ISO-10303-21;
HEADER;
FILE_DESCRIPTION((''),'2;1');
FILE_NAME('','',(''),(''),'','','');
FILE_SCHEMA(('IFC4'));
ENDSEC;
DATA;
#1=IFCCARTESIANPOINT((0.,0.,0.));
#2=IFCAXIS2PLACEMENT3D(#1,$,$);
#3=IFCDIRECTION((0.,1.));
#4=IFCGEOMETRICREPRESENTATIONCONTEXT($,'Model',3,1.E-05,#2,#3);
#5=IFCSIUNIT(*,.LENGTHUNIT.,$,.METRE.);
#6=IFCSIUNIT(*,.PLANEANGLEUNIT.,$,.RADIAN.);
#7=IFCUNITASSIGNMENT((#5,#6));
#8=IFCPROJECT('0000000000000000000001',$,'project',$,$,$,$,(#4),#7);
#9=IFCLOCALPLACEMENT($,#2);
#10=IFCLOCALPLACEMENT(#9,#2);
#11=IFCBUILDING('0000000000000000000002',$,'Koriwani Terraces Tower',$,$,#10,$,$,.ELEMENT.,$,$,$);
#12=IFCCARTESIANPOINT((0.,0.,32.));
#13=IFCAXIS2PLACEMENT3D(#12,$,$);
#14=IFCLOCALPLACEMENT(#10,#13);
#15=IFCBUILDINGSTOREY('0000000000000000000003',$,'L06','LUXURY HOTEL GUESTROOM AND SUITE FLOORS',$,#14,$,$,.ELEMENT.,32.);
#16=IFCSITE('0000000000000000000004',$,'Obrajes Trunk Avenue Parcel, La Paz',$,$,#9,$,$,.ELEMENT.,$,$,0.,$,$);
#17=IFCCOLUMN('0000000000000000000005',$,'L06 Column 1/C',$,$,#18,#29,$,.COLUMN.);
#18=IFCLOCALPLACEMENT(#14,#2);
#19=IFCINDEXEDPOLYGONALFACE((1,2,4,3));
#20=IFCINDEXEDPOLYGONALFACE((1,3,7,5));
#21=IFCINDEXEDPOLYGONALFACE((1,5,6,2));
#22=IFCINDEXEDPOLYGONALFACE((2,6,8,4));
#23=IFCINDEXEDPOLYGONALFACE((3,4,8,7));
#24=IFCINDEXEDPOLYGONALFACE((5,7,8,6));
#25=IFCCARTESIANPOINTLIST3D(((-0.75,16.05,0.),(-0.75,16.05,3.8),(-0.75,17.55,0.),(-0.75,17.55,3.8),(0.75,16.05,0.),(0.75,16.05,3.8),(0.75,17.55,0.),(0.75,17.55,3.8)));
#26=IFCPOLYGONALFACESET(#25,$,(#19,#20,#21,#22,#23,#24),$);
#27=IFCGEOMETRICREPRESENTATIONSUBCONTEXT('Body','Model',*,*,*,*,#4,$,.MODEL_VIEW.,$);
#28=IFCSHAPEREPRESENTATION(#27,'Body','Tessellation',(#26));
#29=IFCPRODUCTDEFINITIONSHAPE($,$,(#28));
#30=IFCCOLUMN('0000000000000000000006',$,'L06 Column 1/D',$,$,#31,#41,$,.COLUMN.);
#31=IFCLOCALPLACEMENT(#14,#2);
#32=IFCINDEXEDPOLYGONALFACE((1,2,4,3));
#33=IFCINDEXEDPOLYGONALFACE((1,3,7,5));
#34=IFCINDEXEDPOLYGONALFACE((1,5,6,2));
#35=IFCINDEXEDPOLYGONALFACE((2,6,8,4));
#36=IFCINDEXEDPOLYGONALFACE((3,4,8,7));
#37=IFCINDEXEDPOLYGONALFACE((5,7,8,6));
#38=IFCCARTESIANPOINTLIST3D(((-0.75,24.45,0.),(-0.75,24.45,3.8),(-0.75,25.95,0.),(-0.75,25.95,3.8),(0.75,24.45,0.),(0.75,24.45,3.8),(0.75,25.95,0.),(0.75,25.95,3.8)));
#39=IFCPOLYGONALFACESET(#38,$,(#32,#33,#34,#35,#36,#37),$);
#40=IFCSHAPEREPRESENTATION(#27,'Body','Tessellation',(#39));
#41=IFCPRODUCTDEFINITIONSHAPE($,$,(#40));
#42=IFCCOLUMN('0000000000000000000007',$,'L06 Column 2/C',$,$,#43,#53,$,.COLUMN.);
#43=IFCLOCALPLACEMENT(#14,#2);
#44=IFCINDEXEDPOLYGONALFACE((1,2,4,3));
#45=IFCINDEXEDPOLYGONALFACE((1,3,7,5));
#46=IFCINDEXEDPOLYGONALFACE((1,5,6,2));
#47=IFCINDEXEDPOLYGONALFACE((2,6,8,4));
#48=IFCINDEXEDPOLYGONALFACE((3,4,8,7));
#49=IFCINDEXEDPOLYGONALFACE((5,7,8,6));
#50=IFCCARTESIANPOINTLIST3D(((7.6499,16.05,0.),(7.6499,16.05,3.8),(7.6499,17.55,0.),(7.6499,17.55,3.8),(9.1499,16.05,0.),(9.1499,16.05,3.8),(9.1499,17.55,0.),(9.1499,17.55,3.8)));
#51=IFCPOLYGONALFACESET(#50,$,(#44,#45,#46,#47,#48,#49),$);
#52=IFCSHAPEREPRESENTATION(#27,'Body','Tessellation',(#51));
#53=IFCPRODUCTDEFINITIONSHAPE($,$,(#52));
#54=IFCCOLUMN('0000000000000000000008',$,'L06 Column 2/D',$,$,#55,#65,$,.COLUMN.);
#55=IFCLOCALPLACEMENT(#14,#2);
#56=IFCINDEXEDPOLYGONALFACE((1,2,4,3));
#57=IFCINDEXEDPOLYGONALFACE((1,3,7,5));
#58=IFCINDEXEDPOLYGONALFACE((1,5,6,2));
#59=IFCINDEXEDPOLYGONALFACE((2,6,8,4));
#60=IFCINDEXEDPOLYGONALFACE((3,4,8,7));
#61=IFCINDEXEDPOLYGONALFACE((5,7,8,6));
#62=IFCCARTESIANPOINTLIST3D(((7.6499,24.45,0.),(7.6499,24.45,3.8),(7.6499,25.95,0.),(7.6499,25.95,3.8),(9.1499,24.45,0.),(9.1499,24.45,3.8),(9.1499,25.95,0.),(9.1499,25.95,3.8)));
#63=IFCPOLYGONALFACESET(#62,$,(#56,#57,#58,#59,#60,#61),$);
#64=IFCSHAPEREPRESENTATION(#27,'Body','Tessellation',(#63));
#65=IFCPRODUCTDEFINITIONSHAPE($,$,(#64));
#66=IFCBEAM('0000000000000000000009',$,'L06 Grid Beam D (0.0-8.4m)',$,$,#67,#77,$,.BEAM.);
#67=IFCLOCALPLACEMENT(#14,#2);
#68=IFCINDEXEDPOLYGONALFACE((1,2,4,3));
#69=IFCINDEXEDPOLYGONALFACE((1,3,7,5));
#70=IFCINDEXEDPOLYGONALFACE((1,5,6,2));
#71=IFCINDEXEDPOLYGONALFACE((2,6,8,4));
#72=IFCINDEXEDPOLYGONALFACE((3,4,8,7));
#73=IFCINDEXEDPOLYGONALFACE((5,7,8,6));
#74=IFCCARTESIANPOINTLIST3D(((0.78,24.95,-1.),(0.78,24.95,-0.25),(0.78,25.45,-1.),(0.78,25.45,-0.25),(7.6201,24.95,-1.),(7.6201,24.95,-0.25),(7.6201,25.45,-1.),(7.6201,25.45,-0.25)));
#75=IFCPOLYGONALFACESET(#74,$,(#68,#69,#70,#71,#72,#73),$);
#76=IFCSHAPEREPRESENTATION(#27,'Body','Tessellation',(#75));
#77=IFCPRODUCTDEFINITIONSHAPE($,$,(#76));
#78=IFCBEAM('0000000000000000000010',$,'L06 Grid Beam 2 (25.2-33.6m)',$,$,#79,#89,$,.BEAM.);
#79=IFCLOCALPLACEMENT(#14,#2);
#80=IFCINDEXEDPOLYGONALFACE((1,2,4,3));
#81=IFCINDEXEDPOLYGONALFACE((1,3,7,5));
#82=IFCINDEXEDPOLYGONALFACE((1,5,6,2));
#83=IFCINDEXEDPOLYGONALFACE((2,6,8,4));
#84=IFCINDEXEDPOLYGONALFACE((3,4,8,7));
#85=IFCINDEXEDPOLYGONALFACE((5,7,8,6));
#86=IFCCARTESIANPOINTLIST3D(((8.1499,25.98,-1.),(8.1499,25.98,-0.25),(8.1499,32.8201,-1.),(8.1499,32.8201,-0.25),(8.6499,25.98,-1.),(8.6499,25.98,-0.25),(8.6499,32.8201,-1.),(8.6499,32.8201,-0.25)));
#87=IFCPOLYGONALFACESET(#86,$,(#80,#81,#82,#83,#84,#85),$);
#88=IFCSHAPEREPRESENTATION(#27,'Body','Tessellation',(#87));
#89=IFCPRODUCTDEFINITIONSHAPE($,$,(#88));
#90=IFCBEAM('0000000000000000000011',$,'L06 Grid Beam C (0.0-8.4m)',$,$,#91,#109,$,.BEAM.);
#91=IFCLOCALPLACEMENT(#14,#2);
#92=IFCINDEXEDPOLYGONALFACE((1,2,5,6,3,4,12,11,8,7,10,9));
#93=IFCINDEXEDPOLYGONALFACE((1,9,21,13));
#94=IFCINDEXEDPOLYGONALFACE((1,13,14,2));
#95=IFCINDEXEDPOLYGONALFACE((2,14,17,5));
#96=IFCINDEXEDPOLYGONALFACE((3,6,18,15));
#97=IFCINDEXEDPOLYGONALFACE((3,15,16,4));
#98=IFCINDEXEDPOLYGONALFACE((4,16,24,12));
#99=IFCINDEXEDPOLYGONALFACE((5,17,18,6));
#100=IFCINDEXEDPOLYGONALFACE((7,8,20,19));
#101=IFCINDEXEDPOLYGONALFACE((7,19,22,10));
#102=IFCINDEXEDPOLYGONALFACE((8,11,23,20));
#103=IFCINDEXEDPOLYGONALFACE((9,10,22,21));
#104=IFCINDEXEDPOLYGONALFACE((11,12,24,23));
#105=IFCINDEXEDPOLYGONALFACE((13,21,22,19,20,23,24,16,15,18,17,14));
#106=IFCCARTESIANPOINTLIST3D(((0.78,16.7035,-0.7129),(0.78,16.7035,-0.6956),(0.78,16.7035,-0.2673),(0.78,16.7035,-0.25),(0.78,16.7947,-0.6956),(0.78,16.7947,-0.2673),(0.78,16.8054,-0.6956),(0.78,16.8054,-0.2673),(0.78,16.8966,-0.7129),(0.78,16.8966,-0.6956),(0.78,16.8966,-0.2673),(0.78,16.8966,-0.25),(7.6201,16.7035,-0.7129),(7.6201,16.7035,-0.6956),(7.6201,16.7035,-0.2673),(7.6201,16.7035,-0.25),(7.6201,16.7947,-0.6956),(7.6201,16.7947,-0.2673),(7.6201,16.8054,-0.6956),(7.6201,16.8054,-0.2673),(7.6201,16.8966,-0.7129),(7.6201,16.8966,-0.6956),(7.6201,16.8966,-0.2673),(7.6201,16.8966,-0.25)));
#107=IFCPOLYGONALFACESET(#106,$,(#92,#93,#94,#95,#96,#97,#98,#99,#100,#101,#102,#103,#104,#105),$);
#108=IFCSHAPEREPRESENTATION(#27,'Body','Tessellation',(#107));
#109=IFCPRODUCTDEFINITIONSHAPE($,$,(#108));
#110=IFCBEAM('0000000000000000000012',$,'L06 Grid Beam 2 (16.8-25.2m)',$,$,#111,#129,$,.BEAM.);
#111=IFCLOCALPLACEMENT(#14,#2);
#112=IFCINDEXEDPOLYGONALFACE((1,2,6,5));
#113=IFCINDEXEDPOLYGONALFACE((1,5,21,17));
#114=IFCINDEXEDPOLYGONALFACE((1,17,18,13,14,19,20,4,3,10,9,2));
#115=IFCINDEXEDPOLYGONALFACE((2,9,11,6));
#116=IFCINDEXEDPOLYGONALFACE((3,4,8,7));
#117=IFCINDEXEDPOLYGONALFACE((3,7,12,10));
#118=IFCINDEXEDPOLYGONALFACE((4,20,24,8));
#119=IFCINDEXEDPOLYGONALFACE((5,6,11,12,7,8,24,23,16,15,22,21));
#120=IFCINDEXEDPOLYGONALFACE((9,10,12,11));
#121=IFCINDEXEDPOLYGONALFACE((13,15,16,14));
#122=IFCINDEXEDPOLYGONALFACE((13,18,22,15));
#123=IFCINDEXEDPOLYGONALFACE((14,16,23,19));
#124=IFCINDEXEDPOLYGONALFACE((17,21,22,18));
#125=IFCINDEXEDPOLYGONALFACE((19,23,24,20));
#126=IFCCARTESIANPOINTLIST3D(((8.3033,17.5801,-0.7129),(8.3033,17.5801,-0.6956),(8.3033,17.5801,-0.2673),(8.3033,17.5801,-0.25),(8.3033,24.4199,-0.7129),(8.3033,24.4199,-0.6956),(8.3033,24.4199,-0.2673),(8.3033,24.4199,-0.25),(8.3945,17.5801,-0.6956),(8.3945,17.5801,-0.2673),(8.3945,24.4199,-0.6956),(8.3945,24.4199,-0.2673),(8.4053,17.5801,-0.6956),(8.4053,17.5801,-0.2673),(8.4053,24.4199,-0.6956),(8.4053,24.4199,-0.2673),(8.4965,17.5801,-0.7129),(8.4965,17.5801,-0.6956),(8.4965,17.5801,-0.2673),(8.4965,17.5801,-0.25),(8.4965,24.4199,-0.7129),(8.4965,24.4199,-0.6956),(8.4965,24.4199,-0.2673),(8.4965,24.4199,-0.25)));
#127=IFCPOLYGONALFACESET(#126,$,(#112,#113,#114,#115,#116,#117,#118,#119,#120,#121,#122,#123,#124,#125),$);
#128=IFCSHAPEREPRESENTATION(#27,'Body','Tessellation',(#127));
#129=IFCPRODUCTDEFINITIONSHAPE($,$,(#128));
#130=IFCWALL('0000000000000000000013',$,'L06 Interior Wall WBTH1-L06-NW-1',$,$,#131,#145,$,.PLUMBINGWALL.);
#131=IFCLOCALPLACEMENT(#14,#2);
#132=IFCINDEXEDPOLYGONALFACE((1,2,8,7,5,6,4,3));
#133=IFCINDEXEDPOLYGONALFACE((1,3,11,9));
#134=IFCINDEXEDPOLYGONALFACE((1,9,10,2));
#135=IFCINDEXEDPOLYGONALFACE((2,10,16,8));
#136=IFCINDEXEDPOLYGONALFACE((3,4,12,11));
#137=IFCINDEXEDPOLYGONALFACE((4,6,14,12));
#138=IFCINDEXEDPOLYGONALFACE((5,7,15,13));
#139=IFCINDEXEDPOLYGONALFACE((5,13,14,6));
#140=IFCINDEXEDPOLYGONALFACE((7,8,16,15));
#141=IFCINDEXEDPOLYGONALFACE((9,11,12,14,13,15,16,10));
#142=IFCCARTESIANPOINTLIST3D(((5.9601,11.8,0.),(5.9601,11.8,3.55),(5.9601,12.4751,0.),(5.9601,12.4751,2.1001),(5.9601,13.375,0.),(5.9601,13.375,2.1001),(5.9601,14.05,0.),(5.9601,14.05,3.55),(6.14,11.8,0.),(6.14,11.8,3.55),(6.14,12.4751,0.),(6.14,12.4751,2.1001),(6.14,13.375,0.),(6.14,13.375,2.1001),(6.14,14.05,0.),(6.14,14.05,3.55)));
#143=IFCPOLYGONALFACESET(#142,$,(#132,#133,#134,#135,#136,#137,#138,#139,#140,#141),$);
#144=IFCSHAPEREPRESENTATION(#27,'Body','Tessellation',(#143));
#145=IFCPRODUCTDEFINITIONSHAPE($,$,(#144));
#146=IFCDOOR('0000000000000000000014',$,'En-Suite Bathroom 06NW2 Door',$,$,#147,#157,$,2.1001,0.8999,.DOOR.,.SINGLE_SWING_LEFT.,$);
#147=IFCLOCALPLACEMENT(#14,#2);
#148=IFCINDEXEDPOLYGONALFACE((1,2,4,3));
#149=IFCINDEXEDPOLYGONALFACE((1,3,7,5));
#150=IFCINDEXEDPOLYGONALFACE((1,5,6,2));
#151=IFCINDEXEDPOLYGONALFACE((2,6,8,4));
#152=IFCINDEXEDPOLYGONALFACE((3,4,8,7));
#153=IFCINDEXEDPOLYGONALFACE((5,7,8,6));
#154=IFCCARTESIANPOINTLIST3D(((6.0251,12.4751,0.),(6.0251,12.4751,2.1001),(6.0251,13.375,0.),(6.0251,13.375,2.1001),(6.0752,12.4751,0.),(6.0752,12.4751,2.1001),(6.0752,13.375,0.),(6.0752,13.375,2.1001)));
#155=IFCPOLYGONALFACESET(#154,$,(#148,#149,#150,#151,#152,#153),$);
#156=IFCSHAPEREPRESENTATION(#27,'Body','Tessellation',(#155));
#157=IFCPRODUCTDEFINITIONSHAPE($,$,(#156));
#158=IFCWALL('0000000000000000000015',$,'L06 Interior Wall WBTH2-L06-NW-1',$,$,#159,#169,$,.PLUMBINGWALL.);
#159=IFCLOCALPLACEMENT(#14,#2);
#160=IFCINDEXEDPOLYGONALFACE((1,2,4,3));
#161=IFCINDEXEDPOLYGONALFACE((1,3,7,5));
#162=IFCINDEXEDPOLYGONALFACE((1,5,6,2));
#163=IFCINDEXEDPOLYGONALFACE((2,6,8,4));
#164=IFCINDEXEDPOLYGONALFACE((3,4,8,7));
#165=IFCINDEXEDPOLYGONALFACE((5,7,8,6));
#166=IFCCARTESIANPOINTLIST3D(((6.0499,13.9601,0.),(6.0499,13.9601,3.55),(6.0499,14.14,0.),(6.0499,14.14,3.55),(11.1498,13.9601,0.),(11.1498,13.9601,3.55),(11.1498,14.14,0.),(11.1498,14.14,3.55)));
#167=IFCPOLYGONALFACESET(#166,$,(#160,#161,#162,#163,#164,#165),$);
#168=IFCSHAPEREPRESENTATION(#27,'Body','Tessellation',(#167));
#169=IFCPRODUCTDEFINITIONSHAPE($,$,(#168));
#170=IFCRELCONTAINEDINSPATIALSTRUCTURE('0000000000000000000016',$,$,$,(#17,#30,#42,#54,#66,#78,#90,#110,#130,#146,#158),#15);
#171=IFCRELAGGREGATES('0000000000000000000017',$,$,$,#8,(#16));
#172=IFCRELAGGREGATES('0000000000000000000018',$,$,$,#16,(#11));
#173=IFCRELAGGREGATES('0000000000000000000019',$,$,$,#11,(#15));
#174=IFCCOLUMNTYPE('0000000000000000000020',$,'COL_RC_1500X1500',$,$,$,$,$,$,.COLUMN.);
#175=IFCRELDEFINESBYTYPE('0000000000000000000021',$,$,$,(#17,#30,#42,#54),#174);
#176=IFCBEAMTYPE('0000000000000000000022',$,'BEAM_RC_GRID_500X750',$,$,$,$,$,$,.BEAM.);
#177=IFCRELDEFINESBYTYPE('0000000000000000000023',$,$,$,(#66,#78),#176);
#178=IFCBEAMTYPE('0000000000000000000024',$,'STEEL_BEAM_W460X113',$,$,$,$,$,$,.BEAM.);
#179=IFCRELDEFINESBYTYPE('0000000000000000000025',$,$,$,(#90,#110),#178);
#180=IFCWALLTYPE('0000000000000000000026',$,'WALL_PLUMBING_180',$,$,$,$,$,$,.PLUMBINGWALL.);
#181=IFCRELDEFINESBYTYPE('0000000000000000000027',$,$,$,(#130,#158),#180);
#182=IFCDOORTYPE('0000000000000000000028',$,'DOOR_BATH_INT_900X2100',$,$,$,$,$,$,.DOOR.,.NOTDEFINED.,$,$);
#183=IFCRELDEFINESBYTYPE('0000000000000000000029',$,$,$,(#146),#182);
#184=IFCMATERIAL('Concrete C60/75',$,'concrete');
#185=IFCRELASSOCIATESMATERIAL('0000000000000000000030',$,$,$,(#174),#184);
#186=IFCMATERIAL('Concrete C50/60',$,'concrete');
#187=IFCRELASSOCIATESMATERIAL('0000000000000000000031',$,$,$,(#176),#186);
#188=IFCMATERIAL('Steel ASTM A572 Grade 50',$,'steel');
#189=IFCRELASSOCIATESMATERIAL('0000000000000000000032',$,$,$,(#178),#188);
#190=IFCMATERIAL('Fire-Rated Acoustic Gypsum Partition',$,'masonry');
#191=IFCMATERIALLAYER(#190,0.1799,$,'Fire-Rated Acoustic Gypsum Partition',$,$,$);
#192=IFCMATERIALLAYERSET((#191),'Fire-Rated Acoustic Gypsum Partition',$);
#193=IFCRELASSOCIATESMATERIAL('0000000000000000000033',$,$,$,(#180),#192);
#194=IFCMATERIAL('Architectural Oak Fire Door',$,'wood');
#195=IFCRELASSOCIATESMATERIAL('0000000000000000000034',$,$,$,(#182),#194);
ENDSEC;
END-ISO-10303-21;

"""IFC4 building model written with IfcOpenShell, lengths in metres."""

from ifc_helpers import new_model, si_unit, direction, frame, frame_2d, origin, origin_2d, place, context, subcontext, project, spatial, rectangle, i_section, extrude, material, layer, layer_set, material_profile, profile_set, type_object, element, fill, save


model = new_model("IFC4")

# Units and contexts
model_context = context("Model", 3, precision=1e-05, world=origin(), true_north=direction((0.0, 1.0)))
body_context = subcontext(model_context, "Body", "Model", "MODEL_VIEW")
ifc_project = project(units=[si_unit("LENGTHUNIT", "METRE"), si_unit("PLANEANGLEUNIT", "RADIAN")], contexts=[model_context])

# Site, building, storey
site_placement = place(None, origin())
site = spatial("IfcSite", under=ifc_project, at=site_placement, Name="Obrajes Trunk Avenue Parcel, La Paz", CompositionType="ELEMENT", RefElevation=0.0)
building_placement = place(site_placement, origin())
building = spatial("IfcBuilding", under=site, at=building_placement, Name="Koriwani Terraces Tower", CompositionType="ELEMENT")
storey_placement = place(building_placement, frame((0.0, 0.0, 32.0)))
storey = spatial("IfcBuildingStorey", under=building, at=storey_placement, Name="L06", Description="LUXURY HOTEL GUESTROOM AND SUITE FLOORS", CompositionType="ELEMENT", Elevation=32.0)

# Columns
ifc_material_1 = material(Name="Concrete C60/75", Category="concrete")
ifc_material_profile_1 = material_profile(ifc_material_1, rectangle(XDim=1.5, YDim=1.5, at=origin_2d()), Name="Concrete C60/75", Category="LoadBearing")
ifc_profile_set_1 = profile_set([ifc_material_profile_1], Name="Concrete C60/75")
column_type = type_object("IfcColumnType", Name="COL_RC_1500X1500", PredefinedType="COLUMN", material=ifc_profile_set_1)
for number, where, z_axis, x_axis, name in (
    (1, (0.0, 16.8, 0.0), (0.0, 0.0, 1.0), (1.0, 0.0, 0.0), "L06 Column 1/C"),
    (2, (0.0, 25.2, 0.0), (0.0, 0.0, 1.0), (1.0, 0.0, 0.0), "L06 Column 1/D"),
    (3, (8.3999, 16.8, 0.0), (0.0, 0.0, 1.0), (1.0, 0.0, 0.0), "L06 Column 2/C"),
    (4, (8.3999, 25.2, 0.0), (0.0, 0.0, 1.0), (1.0, 0.0, 0.0), "L06 Column 2/D"),
):
    element("IfcColumn", number, at=place(storey_placement, frame(where, z_axis=z_axis, x_axis=x_axis)), inside=storey, type_object=column_type, Name=name, PredefinedType="COLUMN", context=body_context, shape_type="SweptSolid", body=[
        extrude(rectangle(XDim=1.5, YDim=1.5, at=origin_2d()), origin(), (0.0, 0.0, 1.0), 3.8),
    ])

# Beams
ifc_material_2 = material(Name="Concrete C50/60", Category="concrete")
ifc_material_profile_2 = material_profile(ifc_material_2, rectangle(XDim=0.5, YDim=0.75, at=origin_2d()), Name="Concrete C50/60", Category="LoadBearing")
ifc_profile_set_2 = profile_set([ifc_material_profile_2], Name="Concrete C50/60")
beam_type_1 = type_object("IfcBeamType", Name="BEAM_RC_GRID_500X750", PredefinedType="BEAM", material=ifc_profile_set_2)
for number, where, z_axis, x_axis, name in (
    (5, (0.78, 25.2, -0.625), (1.0, 0.0, 0.0), (0.0, 1.0, 0.0), "L06 Grid Beam D (0.0-8.4m)"),
    (6, (8.3999, 25.98, -0.625), (0.0, 1.0, 0.0), (-1.0, 0.0, 0.0), "L06 Grid Beam 2 (25.2-33.6m)"),
):
    element("IfcBeam", number, at=place(storey_placement, frame(where, z_axis=z_axis, x_axis=x_axis)), inside=storey, type_object=beam_type_1, Name=name, PredefinedType="BEAM", context=body_context, shape_type="SweptSolid", body=[
        extrude(rectangle(XDim=0.5, YDim=0.75, at=origin_2d()), origin(), (0.0, 0.0, 1.0), 6.8401),
    ])
ifc_material_3 = material(Name="Steel ASTM A572 Grade 50", Category="steel")
ifc_material_profile_3 = material_profile(ifc_material_3, i_section(OverallWidth=0.1931, OverallDepth=0.4629, WebThickness=0.0107, FlangeThickness=0.0173, at=origin_2d()), Name="Steel ASTM A572 Grade 50", Category="LoadBearing")
ifc_profile_set_3 = profile_set([ifc_material_profile_3], Name="Steel ASTM A572 Grade 50")
beam_type_2 = type_object("IfcBeamType", Name="STEEL_BEAM_W460X113", PredefinedType="BEAM", material=ifc_profile_set_3)
beam_1_placement = place(storey_placement, frame((0.78, 16.8, -0.4814), z_axis=(1.0, 0.0, 0.0), x_axis=(0.0, 1.0, 0.0)))
element("IfcBeam", 7, at=beam_1_placement, inside=storey, type_object=beam_type_2, Name="L06 Grid Beam C (0.0-8.4m)", PredefinedType="BEAM", context=body_context, shape_type="SweptSolid", body=[
    extrude(i_section(OverallWidth=0.1931, OverallDepth=0.4629, WebThickness=0.0107, FlangeThickness=0.0173, at=origin_2d()), origin(), (0.0, 0.0, 1.0), 6.8401),
])
beam_2_placement = place(storey_placement, frame((8.3999, 17.5801, -0.4814), z_axis=(0.0, 1.0, 0.0), x_axis=(-1.0, 0.0, 0.0)))
element("IfcBeam", 8, at=beam_2_placement, inside=storey, type_object=beam_type_2, Name="L06 Grid Beam 2 (16.8-25.2m)", PredefinedType="BEAM", context=body_context, shape_type="SweptSolid", body=[
    extrude(i_section(OverallWidth=0.1931, OverallDepth=0.4629, WebThickness=0.0107, FlangeThickness=0.0173, at=origin_2d()), origin(), (0.0, 0.0, 1.0), 6.8398),
])

# Wall, opening, door
ifc_material_4 = material(Name="Fire-Rated Acoustic Gypsum Partition", Category="masonry")
ifc_layer_1 = layer(ifc_material_4, 0.1799, Name="Fire-Rated Acoustic Gypsum Partition")
ifc_layer_set_1 = layer_set([ifc_layer_1], Name="Fire-Rated Acoustic Gypsum Partition")
wall_type_1 = type_object("IfcWallType", Name="WALL_PLUMBING_180", PredefinedType="PLUMBINGWALL", material=ifc_layer_set_1)
wall_1_placement = place(storey_placement, frame((6.05, 11.8, 0.0), z_axis=(0.0, 0.0, 1.0), x_axis=(0.0, 1.0, 0.0)))
wall_1 = element("IfcWall", 9, at=wall_1_placement, inside=storey, type_object=wall_type_1, Name="L06 Interior Wall WBTH1-L06-NW-1", PredefinedType="PLUMBINGWALL", context=body_context, shape_type="SweptSolid", body=[
    extrude(rectangle(XDim=2.25, YDim=0.1799, at=frame_2d((1.125, 0.0))), origin(), (0.0, 0.0, 1.0), 3.55),
])
opening_1_placement = place(wall_1_placement, frame((0.675, 0.0, 0.0)))
opening_1 = element("IfcOpeningElement", 10, at=opening_1_placement, cuts=wall_1, PredefinedType="OPENING", context=body_context, shape_type="SweptSolid", body=[
    extrude(rectangle(XDim=0.8999, YDim=2.1001, at=frame_2d((0.45, 1.05))), frame((0.0, 0.1001, 0.0), z_axis=(0.0, -1.0, 0.0), x_axis=(1.0, 0.0, 0.0)), (0.0, 0.0, 1.0), 0.2),
])
ifc_material_5 = material(Name="Architectural Oak Fire Door", Category="wood")
door_type = type_object("IfcDoorType", Name="DOOR_BATH_INT_900X2100", OperationType="NOTDEFINED", PredefinedType="DOOR", material=ifc_material_5)
door_1_placement = place(opening_1_placement, origin())
door_1 = element("IfcDoor", 11, at=door_1_placement, inside=storey, type_object=door_type, Name="En-Suite Bathroom 06NW2 Door", OperationType="SINGLE_SWING_LEFT", OverallHeight=2.1001, OverallWidth=0.8999, PredefinedType="DOOR", context=body_context, shape_type="SweptSolid", body=[
    extrude(rectangle(XDim=0.8999, YDim=2.1001, at=frame_2d((0.45, 1.05))), frame((0.0, 0.0249, 0.0), z_axis=(0.0, -1.0, 0.0), x_axis=(1.0, 0.0, 0.0)), (0.0, 0.0, 1.0), 0.05),
])
fill(opening_1, door_1)

# Wall
wall_2_placement = place(storey_placement, frame((6.05, 14.05, 0.0), z_axis=(0.0, 0.0, 1.0), x_axis=(1.0, 0.0, 0.0)))
element("IfcWall", 12, at=wall_2_placement, inside=storey, type_object=wall_type_1, Name="L06 Interior Wall WBTH2-L06-NW-1", PredefinedType="PLUMBINGWALL", context=body_context, shape_type="SweptSolid", body=[
    extrude(rectangle(XDim=5.0999, YDim=0.1799, at=frame_2d((2.5498, 0.0))), origin(), (0.0, 0.0, 1.0), 3.55),
])

save(model, "model.ifc")
